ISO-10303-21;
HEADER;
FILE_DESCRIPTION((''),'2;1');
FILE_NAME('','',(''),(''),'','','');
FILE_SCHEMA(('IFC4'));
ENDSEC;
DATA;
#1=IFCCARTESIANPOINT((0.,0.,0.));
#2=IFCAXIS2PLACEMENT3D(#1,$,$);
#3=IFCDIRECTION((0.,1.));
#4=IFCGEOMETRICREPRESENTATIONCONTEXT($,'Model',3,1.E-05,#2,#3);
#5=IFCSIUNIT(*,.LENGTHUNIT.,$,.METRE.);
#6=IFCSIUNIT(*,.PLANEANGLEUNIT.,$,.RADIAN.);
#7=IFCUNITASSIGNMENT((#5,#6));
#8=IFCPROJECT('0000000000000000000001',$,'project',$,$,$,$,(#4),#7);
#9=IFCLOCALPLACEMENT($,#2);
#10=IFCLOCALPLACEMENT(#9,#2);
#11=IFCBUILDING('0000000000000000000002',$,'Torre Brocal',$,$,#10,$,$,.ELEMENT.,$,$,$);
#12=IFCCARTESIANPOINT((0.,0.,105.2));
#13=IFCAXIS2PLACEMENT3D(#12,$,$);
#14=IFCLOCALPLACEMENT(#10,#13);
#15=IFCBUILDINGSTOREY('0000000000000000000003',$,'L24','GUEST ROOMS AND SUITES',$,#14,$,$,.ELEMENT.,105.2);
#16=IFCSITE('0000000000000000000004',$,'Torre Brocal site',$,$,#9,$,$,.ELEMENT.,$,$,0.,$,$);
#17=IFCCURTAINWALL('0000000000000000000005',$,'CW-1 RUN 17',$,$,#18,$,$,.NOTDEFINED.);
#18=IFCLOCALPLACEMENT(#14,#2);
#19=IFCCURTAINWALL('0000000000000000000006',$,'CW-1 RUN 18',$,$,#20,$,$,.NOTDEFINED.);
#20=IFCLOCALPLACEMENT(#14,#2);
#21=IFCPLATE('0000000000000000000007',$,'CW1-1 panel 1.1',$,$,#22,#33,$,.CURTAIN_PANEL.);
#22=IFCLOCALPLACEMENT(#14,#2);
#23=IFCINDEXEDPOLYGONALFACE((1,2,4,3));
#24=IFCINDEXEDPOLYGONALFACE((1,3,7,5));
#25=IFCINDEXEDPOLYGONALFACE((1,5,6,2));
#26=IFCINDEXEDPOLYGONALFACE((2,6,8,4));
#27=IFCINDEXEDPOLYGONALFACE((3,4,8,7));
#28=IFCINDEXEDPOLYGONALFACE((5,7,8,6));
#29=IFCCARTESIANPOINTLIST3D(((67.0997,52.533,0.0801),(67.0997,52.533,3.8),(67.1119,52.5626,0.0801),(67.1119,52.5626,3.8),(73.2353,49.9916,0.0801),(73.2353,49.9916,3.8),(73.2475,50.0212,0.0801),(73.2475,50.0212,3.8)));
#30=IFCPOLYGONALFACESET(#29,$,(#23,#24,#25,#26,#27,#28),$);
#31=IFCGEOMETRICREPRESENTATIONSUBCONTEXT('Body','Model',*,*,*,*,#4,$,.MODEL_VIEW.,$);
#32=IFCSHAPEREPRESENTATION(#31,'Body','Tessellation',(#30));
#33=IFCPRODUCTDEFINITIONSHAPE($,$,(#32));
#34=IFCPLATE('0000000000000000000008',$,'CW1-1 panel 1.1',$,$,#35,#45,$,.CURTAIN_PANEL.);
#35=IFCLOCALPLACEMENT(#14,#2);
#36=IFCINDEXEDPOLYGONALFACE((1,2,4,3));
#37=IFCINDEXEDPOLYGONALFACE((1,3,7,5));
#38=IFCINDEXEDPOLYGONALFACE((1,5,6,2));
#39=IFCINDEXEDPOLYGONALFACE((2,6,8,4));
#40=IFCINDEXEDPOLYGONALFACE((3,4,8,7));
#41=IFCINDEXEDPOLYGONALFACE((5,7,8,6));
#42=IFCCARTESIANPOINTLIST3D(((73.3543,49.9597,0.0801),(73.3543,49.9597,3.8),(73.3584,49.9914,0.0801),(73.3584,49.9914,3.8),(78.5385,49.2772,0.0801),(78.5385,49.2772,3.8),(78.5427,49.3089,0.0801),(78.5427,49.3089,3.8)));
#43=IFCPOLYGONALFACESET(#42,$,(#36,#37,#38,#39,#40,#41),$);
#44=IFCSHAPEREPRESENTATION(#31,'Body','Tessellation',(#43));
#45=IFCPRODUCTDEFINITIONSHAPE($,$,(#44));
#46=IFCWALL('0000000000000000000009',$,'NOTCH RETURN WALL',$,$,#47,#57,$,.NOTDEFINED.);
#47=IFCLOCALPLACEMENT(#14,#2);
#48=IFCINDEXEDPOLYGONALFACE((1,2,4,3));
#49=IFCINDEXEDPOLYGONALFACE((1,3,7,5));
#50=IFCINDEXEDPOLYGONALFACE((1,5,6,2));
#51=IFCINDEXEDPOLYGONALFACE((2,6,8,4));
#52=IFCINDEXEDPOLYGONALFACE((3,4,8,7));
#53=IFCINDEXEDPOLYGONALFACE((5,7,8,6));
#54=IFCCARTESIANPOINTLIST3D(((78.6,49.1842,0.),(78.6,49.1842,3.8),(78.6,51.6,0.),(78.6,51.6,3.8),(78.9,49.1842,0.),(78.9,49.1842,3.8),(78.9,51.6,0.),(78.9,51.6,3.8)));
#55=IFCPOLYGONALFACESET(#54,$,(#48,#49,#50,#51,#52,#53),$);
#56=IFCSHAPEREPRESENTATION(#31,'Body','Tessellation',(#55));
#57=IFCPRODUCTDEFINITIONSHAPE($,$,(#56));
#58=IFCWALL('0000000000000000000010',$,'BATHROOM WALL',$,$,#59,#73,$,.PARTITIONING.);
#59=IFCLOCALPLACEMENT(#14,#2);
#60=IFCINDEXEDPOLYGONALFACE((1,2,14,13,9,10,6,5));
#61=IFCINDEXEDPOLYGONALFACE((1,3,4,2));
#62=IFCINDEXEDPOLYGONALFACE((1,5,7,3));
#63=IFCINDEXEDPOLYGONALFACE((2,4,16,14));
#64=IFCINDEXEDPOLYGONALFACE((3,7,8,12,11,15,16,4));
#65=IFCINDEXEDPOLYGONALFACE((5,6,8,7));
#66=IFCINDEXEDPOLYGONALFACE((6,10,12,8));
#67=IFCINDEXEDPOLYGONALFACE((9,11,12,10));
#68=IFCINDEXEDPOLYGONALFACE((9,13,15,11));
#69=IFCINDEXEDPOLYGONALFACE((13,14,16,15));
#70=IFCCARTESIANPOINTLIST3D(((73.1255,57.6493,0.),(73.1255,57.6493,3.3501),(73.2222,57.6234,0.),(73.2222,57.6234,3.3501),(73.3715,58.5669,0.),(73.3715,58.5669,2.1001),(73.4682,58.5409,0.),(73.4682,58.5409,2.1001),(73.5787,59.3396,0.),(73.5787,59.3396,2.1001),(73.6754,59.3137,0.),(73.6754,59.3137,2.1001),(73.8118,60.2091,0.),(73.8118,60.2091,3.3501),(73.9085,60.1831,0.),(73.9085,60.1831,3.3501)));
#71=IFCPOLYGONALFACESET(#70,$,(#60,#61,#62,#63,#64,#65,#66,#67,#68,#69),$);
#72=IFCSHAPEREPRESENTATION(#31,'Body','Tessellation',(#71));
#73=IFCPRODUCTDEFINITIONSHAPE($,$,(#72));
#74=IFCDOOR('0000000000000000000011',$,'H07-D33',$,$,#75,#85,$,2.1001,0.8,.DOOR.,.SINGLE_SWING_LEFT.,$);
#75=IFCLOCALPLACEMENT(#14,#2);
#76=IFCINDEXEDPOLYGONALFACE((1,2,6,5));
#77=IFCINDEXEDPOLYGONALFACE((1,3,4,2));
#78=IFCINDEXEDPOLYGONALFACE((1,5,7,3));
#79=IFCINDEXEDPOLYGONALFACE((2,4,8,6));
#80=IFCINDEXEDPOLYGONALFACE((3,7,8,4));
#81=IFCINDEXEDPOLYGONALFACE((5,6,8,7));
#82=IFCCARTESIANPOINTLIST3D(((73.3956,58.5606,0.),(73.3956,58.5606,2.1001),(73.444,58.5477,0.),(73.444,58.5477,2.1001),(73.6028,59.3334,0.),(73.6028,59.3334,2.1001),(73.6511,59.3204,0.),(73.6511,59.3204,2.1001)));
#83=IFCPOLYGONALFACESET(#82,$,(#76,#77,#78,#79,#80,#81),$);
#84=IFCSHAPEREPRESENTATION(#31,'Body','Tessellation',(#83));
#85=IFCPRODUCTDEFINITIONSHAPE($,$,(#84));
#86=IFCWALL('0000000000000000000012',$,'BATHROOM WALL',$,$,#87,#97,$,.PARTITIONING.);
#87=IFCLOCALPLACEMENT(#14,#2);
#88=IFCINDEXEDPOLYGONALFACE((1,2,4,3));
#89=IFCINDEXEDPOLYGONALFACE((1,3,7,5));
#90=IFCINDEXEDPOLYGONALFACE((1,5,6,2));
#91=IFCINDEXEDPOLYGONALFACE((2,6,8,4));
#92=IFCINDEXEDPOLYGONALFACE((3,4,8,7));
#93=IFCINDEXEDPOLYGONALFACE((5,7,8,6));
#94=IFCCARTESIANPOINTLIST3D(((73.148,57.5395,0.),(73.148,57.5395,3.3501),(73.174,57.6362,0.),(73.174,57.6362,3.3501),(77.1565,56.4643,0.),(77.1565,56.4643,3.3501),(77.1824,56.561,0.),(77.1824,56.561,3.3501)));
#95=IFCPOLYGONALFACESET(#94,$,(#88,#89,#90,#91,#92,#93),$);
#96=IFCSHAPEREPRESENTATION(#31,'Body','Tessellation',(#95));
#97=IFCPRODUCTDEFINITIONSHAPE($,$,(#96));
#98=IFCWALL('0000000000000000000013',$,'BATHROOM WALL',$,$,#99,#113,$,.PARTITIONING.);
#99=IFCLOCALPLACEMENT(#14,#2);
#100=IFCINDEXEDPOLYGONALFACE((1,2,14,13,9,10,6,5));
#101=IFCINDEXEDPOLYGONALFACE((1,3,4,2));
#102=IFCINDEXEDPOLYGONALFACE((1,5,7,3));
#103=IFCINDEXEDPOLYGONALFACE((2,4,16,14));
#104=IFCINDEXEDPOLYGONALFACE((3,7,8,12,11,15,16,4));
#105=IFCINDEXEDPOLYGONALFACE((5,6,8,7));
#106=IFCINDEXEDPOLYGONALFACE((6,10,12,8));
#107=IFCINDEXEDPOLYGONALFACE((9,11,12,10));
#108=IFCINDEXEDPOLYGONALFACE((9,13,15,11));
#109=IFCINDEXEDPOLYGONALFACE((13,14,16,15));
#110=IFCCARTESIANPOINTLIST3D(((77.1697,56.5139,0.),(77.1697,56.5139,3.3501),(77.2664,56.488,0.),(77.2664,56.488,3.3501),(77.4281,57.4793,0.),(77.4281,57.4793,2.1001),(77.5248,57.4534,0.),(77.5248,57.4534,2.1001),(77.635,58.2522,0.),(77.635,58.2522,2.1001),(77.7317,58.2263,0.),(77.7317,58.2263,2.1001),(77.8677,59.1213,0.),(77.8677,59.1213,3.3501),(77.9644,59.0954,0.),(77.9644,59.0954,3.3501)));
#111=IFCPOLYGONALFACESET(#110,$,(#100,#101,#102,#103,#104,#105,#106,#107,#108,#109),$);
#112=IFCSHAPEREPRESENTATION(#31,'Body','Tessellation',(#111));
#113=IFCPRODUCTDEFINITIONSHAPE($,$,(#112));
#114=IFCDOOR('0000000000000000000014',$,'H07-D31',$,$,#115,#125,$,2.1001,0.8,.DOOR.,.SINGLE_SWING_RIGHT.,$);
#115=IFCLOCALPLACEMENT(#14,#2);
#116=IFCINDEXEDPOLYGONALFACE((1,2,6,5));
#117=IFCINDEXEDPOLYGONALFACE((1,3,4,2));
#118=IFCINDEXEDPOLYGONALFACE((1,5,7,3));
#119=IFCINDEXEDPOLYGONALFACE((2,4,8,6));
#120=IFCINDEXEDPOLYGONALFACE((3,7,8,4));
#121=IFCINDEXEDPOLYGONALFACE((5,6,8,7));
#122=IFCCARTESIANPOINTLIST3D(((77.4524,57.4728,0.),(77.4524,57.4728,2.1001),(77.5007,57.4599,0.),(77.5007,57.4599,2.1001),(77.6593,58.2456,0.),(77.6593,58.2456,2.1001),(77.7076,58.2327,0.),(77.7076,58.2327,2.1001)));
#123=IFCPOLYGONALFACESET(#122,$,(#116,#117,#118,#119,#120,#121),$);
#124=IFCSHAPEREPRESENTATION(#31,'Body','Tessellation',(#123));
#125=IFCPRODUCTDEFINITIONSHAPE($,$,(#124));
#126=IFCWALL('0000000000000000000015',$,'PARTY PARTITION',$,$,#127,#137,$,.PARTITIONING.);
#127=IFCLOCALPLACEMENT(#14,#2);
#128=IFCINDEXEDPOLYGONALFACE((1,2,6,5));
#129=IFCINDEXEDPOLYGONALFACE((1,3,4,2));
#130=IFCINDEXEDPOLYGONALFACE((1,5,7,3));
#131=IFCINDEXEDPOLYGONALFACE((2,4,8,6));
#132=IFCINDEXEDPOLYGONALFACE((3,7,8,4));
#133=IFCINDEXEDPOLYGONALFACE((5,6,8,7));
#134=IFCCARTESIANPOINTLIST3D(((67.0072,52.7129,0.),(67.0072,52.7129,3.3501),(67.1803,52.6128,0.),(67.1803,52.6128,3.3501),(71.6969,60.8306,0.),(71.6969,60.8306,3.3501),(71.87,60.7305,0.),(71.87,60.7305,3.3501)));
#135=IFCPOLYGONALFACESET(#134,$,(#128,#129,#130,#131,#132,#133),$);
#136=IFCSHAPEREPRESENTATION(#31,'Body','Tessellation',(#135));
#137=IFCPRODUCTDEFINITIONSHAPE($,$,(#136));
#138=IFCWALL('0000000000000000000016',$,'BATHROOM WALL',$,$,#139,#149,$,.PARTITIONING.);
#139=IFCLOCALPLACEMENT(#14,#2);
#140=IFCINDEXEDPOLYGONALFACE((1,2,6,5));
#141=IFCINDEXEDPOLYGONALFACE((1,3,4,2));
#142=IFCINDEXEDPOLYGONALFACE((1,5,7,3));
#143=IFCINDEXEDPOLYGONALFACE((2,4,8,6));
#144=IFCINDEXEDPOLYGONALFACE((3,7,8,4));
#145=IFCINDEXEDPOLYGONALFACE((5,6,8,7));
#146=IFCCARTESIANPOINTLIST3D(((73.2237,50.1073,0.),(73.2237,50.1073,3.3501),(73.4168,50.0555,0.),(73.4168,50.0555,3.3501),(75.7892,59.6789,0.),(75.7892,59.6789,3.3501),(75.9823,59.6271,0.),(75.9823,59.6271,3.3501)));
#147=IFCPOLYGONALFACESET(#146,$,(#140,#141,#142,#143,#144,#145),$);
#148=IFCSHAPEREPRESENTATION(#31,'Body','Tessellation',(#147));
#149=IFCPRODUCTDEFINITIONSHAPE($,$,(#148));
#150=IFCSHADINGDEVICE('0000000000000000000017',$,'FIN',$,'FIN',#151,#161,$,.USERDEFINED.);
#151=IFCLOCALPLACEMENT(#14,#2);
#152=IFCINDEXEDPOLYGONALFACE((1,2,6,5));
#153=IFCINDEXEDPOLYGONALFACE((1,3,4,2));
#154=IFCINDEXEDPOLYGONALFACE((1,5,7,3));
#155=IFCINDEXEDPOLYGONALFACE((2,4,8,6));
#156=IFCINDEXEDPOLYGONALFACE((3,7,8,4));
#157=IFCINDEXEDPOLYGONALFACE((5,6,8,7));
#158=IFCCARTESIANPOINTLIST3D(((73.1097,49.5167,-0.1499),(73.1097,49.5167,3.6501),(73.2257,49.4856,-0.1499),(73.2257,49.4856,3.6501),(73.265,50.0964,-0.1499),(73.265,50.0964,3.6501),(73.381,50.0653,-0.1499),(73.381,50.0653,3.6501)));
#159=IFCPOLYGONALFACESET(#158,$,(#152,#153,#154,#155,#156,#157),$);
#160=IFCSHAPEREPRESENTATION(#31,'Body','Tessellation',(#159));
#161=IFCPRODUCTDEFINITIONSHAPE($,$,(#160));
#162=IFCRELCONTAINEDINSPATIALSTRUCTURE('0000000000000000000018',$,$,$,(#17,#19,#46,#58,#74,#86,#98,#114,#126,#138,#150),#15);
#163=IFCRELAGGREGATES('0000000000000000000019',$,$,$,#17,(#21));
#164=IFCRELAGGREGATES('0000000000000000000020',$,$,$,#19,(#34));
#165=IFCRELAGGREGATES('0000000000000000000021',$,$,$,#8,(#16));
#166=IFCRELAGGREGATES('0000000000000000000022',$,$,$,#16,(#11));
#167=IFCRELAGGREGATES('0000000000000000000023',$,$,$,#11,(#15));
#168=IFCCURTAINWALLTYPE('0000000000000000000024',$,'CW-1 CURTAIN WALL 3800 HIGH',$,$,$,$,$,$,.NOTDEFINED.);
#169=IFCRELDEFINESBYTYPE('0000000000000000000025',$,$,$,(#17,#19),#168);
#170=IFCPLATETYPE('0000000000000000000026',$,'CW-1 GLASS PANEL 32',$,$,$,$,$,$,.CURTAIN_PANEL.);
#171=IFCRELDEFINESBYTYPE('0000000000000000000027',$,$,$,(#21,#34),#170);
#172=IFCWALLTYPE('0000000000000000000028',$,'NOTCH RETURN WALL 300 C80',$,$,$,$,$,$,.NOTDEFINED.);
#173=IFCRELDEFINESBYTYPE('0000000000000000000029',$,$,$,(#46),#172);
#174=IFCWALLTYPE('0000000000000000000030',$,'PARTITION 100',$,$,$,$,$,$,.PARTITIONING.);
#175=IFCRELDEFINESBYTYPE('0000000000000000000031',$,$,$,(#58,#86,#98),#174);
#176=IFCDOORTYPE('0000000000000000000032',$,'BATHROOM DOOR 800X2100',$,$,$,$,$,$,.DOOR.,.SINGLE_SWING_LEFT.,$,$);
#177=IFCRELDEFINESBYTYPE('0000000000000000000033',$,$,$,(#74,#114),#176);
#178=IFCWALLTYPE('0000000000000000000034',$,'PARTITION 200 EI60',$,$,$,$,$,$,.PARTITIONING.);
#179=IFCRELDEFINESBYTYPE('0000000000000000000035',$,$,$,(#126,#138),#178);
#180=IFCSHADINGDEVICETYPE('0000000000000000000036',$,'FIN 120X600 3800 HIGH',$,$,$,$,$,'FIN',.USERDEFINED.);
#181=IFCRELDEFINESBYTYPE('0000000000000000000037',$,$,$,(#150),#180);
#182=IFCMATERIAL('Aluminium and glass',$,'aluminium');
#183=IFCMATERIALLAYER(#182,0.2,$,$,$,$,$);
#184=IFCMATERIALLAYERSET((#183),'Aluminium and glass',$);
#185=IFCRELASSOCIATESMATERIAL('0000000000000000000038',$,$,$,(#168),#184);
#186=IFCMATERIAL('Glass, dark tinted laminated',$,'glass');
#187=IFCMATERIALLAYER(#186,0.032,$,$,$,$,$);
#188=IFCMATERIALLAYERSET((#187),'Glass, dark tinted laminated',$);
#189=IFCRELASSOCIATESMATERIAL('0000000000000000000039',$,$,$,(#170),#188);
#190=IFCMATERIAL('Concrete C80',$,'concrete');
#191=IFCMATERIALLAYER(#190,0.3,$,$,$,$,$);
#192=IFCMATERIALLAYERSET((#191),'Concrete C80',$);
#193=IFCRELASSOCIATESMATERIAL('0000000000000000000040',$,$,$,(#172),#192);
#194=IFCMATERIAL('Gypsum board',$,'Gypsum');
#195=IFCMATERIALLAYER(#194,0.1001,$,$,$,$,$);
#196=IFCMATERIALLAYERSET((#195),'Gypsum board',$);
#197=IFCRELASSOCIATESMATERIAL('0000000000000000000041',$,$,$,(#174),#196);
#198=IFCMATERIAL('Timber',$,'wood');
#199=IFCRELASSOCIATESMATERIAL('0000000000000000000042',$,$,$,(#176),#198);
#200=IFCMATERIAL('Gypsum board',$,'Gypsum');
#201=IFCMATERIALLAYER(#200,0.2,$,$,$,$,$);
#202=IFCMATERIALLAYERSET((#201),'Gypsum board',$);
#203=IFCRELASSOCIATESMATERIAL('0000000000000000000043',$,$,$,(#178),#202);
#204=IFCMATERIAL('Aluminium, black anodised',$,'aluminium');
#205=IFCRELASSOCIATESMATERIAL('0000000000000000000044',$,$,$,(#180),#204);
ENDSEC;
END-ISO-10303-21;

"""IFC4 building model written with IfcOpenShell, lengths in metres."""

from ifc_helpers import new_model, si_unit, direction, frame, frame_2d, origin, origin_2d, place, context, subcontext, project, spatial, rectangle, extrude, material, layer, layer_set, material_profile, profile_set, type_object, element, fill, aggregate, save


model = new_model("IFC4")

# Units and contexts
model_context = context("Model", 3, precision=1e-05, world=origin(), true_north=direction((0.0, 1.0)))
body_context = subcontext(model_context, "Body", "Model", "MODEL_VIEW")
ifc_project = project(units=[si_unit("LENGTHUNIT", "METRE"), si_unit("PLANEANGLEUNIT", "RADIAN")], contexts=[model_context])

# Site, building, storey
site_placement = place(None, origin())
site = spatial("IfcSite", under=ifc_project, at=site_placement, Name="Torre Brocal site", CompositionType="ELEMENT", RefElevation=0.0)
building_placement = place(site_placement, origin())
building = spatial("IfcBuilding", under=site, at=building_placement, Name="Torre Brocal", CompositionType="ELEMENT")
storey_placement = place(building_placement, frame((0.0, 0.0, 105.2)))
storey = spatial("IfcBuildingStorey", under=building, at=storey_placement, Name="L24", Description="GUEST ROOMS AND SUITES", CompositionType="ELEMENT", Elevation=105.2)

# Curtain walls
ifc_material_1 = material(Name="Aluminium and glass", Category="aluminium")
ifc_layer_1 = layer(ifc_material_1, 0.2)
ifc_layer_set_1 = layer_set([ifc_layer_1], Name="Aluminium and glass")
curtain_wall_type = type_object("IfcCurtainWallType", Name="CW-1 CURTAIN WALL 3800 HIGH", PredefinedType="NOTDEFINED", material=ifc_layer_set_1)
curtain_wall_1_placement = place(storey_placement, origin())
curtain_wall_1 = element("IfcCurtainWall", 1, at=curtain_wall_1_placement, inside=storey, type_object=curtain_wall_type, Name="CW-1 RUN 17", PredefinedType="NOTDEFINED")
curtain_wall_2_placement = place(storey_placement, origin())
curtain_wall_2 = element("IfcCurtainWall", 2, at=curtain_wall_2_placement, inside=storey, type_object=curtain_wall_type, Name="CW-1 RUN 18", PredefinedType="NOTDEFINED")

# Plates
ifc_material_2 = material(Name="Glass, dark tinted laminated", Category="glass")
ifc_layer_2 = layer(ifc_material_2, 0.032)
ifc_layer_set_2 = layer_set([ifc_layer_2], Name="Glass, dark tinted laminated")
plate_type = type_object("IfcPlateType", Name="CW-1 GLASS PANEL 32", PredefinedType="CURTAIN_PANEL", material=ifc_layer_set_2)
plate_1_placement = place(storey_placement, frame((70.1736, 51.2771, 0.0801), z_axis=(0.0, 0.0, 1.0), x_axis=(0.92388, -0.382683, 0.0)))
plate_1 = element("IfcPlate", 3, at=plate_1_placement, type_object=plate_type, Name="CW1-1 panel 1.1", PredefinedType="CURTAIN_PANEL", context=body_context, shape_type="SweptSolid", body=[
    extrude(rectangle(XDim=6.6411, YDim=0.032, at=origin_2d()), origin(), (0.0, 0.0, 1.0), 3.72),
])
aggregate(curtain_wall_1, [plate_1])
plate_2_placement = place(storey_placement, frame((75.9485, 49.6343, 0.0801), z_axis=(0.0, 0.0, 1.0), x_axis=(0.991445, -0.130526, 0.0)))
plate_2 = element("IfcPlate", 4, at=plate_2_placement, type_object=plate_type, Name="CW1-1 panel 1.1", PredefinedType="CURTAIN_PANEL", context=body_context, shape_type="SweptSolid", body=[
    extrude(rectangle(XDim=5.229, YDim=0.032, at=origin_2d()), origin(), (0.0, 0.0, 1.0), 3.72),
])
aggregate(curtain_wall_2, [plate_2])

# Wall
ifc_material_3 = material(Name="Concrete C80", Category="concrete")
ifc_layer_3 = layer(ifc_material_3, 0.3)
ifc_layer_set_3 = layer_set([ifc_layer_3], Name="Concrete C80")
wall_type_1 = type_object("IfcWallType", Name="NOTCH RETURN WALL 300 C80", PredefinedType="NOTDEFINED", material=ifc_layer_set_3)
wall_1_placement = place(storey_placement, frame((78.75, 51.6001, 0.0), z_axis=(0.0, 0.0, 1.0), x_axis=(0.0, -1.0, 0.0)))
element("IfcWall", 5, at=wall_1_placement, inside=storey, type_object=wall_type_1, Name="NOTCH RETURN WALL", PredefinedType="NOTDEFINED", context=body_context, shape_type="SweptSolid", body=[
    extrude(rectangle(XDim=2.4158, YDim=0.3, at=frame_2d((1.208, 0.0))), origin(), (0.0, 0.0, 1.0), 3.8),
])

# Wall, opening, door
ifc_material_4 = material(Name="Gypsum board", Category="Gypsum")
ifc_layer_4 = layer(ifc_material_4, 0.1001)
ifc_layer_set_4 = layer_set([ifc_layer_4], Name="Gypsum board")
wall_type_2 = type_object("IfcWallType", Name="PARTITION 100", PredefinedType="PARTITIONING", material=ifc_layer_set_4)
wall_2_placement = place(storey_placement, frame((73.1738, 57.6362, 0.0), z_axis=(0.0, 0.0, 1.0), x_axis=(0.258952, 0.96589, 0.0)))
wall_2 = element("IfcWall", 6, at=wall_2_placement, inside=storey, type_object=wall_type_2, Name="BATHROOM WALL", PredefinedType="PARTITIONING", context=body_context, shape_type="SweptSolid", body=[
    extrude(rectangle(XDim=2.6501, YDim=0.1001, at=frame_2d((1.3252, 0.0))), origin(), (0.0, 0.0, 1.0), 3.3501),
])
opening_1_placement = place(wall_2_placement, frame((0.9502, 0.0, 0.0)))
opening_1 = element("IfcOpeningElement", 7, at=opening_1_placement, cuts=wall_2, PredefinedType="OPENING", context=body_context, shape_type="SweptSolid", body=[
    extrude(rectangle(XDim=0.8, YDim=2.1001, at=frame_2d((0.3999, 1.05))), frame((0.0, 0.0601, 0.0), z_axis=(0.0, -1.0, 0.0), x_axis=(1.0, 0.0, 0.0)), (0.0, 0.0, 1.0), 0.1201),
])
ifc_material_5 = material(Name="Timber", Category="wood")
door_type = type_object("IfcDoorType", Name="BATHROOM DOOR 800X2100", OperationType="SINGLE_SWING_LEFT", PredefinedType="DOOR", material=ifc_material_5)
door_1_placement = place(opening_1_placement, frame((0.8, 0.0, 0.0), z_axis=(0.0, 0.0, 1.0), x_axis=(-1.0, 0.0, 0.0)))
door_1 = element("IfcDoor", 8, at=door_1_placement, inside=storey, type_object=door_type, Name="H07-D33", OperationType="SINGLE_SWING_LEFT", OverallHeight=2.1001, OverallWidth=0.8, PredefinedType="DOOR", context=body_context, shape_type="SweptSolid", body=[
    extrude(rectangle(XDim=0.8, YDim=2.1001, at=frame_2d((0.3999, 1.05))), frame((0.0, 0.0249, 0.0), z_axis=(0.0, -1.0, 0.0), x_axis=(1.0, 0.0, 0.0)), (0.0, 0.0, 1.0), 0.05),
])
fill(opening_1, door_1)

# Wall
wall_3_placement = place(storey_placement, frame((73.1609, 57.5879, 0.0), z_axis=(0.0, 0.0, 1.0), x_axis=(0.965859, -0.259068, 0.0)))
element("IfcWall", 9, at=wall_3_placement, inside=storey, type_object=wall_type_2, Name="BATHROOM WALL", PredefinedType="PARTITIONING", context=body_context, shape_type="SweptSolid", body=[
    extrude(rectangle(XDim=4.1501, YDim=0.1001, at=frame_2d((2.0752, 0.0))), origin(), (0.0, 0.0, 1.0), 3.3501),
])

# Wall, opening, door
wall_4_placement = place(storey_placement, frame((77.218, 56.501, 0.0), z_axis=(0.0, 0.0, 1.0), x_axis=(0.258591, 0.965987, 0.0)))
wall_4 = element("IfcWall", 10, at=wall_4_placement, inside=storey, type_object=wall_type_2, Name="BATHROOM WALL", PredefinedType="PARTITIONING", context=body_context, shape_type="SweptSolid", body=[
    extrude(rectangle(XDim=2.6992, YDim=0.1001, at=frame_2d((1.3496, 0.0))), origin(), (0.0, 0.0, 1.0), 3.3501),
])
opening_2_placement = place(wall_4_placement, frame((0.9995, 0.0, 0.0)))
opening_2 = element("IfcOpeningElement", 11, at=opening_2_placement, cuts=wall_4, PredefinedType="OPENING", context=body_context, shape_type="SweptSolid", body=[
    extrude(rectangle(XDim=0.8, YDim=2.1001, at=frame_2d((0.3999, 1.05))), frame((0.0, 0.0601, 0.0), z_axis=(0.0, -1.0, 0.0), x_axis=(1.0, 0.0, 0.0)), (0.0, 0.0, 1.0), 0.1201),
])
door_2_placement = place(opening_2_placement, origin())
door_2 = element("IfcDoor", 12, at=door_2_placement, inside=storey, type_object=door_type, Name="H07-D31", OperationType="SINGLE_SWING_RIGHT", OverallHeight=2.1001, OverallWidth=0.8, PredefinedType="DOOR", context=body_context, shape_type="SweptSolid", body=[
    extrude(rectangle(XDim=0.8, YDim=2.1001, at=frame_2d((0.3999, 1.05))), frame((0.0, 0.0249, 0.0), z_axis=(0.0, -1.0, 0.0), x_axis=(1.0, 0.0, 0.0)), (0.0, 0.0, 1.0), 0.05),
])
fill(opening_2, door_2)

# Walls
ifc_material_6 = material(Name="Gypsum board", Category="Gypsum")
ifc_layer_5 = layer(ifc_material_6, 0.2)
ifc_layer_set_5 = layer_set([ifc_layer_5], Name="Gypsum board")
wall_type_3 = type_object("IfcWallType", Name="PARTITION 200 EI60", PredefinedType="PARTITIONING", material=ifc_layer_set_5)
wall_5_placement = place(storey_placement, frame((67.0938, 52.6628, 0.0), z_axis=(0.0, 0.0, 1.0), x_axis=(0.500236, 0.865889, 0.0)))
element("IfcWall", 13, at=wall_5_placement, inside=storey, type_object=wall_type_3, Name="PARTY PARTITION", PredefinedType="PARTITIONING", context=body_context, shape_type="SweptSolid", body=[
    extrude(rectangle(XDim=9.375, YDim=0.2, at=frame_2d((4.6875, 0.0))), origin(), (0.0, 0.0, 1.0), 3.3501),
])
wall_6_placement = place(storey_placement, frame((73.3203, 50.0815, 0.0), z_axis=(0.0, 0.0, 1.0), x_axis=(0.258889, 0.965907, 0.0)))
element("IfcWall", 14, at=wall_6_placement, inside=storey, type_object=wall_type_3, Name="BATHROOM WALL", PredefinedType="PARTITIONING", context=body_context, shape_type="SweptSolid", body=[
    extrude(rectangle(XDim=9.9094, YDim=0.2, at=frame_2d((4.9546, 0.0))), origin(), (0.0, 0.0, 1.0), 3.3501),
])

# Shading device
ifc_material_7 = material(Name="Aluminium, black anodised", Category="aluminium")
ifc_material_profile_1 = material_profile(ifc_material_7, rectangle(XDim=0.1201, YDim=0.6001, at=origin_2d()), Name="FIN 120X600 3800 HIGH")
ifc_profile_set_1 = profile_set([ifc_material_profile_1], Name="Aluminium, black anodised")
shading_device_type = type_object("IfcShadingDeviceType", Name="FIN 120X600 3800 HIGH", ElementType="FIN", PredefinedType="USERDEFINED", material=ifc_profile_set_1)
shading_device_placement = place(storey_placement, frame((73.2454, 49.791, -0.1499), z_axis=(0.0, 0.0, 1.0), x_axis=(0.965926, -0.258819, 0.0)))
element("IfcShadingDevice", 15, at=shading_device_placement, inside=storey, type_object=shading_device_type, Name="FIN", ObjectType="FIN", PredefinedType="USERDEFINED", context=body_context, shape_type="SweptSolid", body=[
    extrude(rectangle(XDim=0.1201, YDim=0.6001, at=origin_2d()), origin(), (0.0, 0.0, 1.0), 3.8),
])

save(model, "model.ifc")
